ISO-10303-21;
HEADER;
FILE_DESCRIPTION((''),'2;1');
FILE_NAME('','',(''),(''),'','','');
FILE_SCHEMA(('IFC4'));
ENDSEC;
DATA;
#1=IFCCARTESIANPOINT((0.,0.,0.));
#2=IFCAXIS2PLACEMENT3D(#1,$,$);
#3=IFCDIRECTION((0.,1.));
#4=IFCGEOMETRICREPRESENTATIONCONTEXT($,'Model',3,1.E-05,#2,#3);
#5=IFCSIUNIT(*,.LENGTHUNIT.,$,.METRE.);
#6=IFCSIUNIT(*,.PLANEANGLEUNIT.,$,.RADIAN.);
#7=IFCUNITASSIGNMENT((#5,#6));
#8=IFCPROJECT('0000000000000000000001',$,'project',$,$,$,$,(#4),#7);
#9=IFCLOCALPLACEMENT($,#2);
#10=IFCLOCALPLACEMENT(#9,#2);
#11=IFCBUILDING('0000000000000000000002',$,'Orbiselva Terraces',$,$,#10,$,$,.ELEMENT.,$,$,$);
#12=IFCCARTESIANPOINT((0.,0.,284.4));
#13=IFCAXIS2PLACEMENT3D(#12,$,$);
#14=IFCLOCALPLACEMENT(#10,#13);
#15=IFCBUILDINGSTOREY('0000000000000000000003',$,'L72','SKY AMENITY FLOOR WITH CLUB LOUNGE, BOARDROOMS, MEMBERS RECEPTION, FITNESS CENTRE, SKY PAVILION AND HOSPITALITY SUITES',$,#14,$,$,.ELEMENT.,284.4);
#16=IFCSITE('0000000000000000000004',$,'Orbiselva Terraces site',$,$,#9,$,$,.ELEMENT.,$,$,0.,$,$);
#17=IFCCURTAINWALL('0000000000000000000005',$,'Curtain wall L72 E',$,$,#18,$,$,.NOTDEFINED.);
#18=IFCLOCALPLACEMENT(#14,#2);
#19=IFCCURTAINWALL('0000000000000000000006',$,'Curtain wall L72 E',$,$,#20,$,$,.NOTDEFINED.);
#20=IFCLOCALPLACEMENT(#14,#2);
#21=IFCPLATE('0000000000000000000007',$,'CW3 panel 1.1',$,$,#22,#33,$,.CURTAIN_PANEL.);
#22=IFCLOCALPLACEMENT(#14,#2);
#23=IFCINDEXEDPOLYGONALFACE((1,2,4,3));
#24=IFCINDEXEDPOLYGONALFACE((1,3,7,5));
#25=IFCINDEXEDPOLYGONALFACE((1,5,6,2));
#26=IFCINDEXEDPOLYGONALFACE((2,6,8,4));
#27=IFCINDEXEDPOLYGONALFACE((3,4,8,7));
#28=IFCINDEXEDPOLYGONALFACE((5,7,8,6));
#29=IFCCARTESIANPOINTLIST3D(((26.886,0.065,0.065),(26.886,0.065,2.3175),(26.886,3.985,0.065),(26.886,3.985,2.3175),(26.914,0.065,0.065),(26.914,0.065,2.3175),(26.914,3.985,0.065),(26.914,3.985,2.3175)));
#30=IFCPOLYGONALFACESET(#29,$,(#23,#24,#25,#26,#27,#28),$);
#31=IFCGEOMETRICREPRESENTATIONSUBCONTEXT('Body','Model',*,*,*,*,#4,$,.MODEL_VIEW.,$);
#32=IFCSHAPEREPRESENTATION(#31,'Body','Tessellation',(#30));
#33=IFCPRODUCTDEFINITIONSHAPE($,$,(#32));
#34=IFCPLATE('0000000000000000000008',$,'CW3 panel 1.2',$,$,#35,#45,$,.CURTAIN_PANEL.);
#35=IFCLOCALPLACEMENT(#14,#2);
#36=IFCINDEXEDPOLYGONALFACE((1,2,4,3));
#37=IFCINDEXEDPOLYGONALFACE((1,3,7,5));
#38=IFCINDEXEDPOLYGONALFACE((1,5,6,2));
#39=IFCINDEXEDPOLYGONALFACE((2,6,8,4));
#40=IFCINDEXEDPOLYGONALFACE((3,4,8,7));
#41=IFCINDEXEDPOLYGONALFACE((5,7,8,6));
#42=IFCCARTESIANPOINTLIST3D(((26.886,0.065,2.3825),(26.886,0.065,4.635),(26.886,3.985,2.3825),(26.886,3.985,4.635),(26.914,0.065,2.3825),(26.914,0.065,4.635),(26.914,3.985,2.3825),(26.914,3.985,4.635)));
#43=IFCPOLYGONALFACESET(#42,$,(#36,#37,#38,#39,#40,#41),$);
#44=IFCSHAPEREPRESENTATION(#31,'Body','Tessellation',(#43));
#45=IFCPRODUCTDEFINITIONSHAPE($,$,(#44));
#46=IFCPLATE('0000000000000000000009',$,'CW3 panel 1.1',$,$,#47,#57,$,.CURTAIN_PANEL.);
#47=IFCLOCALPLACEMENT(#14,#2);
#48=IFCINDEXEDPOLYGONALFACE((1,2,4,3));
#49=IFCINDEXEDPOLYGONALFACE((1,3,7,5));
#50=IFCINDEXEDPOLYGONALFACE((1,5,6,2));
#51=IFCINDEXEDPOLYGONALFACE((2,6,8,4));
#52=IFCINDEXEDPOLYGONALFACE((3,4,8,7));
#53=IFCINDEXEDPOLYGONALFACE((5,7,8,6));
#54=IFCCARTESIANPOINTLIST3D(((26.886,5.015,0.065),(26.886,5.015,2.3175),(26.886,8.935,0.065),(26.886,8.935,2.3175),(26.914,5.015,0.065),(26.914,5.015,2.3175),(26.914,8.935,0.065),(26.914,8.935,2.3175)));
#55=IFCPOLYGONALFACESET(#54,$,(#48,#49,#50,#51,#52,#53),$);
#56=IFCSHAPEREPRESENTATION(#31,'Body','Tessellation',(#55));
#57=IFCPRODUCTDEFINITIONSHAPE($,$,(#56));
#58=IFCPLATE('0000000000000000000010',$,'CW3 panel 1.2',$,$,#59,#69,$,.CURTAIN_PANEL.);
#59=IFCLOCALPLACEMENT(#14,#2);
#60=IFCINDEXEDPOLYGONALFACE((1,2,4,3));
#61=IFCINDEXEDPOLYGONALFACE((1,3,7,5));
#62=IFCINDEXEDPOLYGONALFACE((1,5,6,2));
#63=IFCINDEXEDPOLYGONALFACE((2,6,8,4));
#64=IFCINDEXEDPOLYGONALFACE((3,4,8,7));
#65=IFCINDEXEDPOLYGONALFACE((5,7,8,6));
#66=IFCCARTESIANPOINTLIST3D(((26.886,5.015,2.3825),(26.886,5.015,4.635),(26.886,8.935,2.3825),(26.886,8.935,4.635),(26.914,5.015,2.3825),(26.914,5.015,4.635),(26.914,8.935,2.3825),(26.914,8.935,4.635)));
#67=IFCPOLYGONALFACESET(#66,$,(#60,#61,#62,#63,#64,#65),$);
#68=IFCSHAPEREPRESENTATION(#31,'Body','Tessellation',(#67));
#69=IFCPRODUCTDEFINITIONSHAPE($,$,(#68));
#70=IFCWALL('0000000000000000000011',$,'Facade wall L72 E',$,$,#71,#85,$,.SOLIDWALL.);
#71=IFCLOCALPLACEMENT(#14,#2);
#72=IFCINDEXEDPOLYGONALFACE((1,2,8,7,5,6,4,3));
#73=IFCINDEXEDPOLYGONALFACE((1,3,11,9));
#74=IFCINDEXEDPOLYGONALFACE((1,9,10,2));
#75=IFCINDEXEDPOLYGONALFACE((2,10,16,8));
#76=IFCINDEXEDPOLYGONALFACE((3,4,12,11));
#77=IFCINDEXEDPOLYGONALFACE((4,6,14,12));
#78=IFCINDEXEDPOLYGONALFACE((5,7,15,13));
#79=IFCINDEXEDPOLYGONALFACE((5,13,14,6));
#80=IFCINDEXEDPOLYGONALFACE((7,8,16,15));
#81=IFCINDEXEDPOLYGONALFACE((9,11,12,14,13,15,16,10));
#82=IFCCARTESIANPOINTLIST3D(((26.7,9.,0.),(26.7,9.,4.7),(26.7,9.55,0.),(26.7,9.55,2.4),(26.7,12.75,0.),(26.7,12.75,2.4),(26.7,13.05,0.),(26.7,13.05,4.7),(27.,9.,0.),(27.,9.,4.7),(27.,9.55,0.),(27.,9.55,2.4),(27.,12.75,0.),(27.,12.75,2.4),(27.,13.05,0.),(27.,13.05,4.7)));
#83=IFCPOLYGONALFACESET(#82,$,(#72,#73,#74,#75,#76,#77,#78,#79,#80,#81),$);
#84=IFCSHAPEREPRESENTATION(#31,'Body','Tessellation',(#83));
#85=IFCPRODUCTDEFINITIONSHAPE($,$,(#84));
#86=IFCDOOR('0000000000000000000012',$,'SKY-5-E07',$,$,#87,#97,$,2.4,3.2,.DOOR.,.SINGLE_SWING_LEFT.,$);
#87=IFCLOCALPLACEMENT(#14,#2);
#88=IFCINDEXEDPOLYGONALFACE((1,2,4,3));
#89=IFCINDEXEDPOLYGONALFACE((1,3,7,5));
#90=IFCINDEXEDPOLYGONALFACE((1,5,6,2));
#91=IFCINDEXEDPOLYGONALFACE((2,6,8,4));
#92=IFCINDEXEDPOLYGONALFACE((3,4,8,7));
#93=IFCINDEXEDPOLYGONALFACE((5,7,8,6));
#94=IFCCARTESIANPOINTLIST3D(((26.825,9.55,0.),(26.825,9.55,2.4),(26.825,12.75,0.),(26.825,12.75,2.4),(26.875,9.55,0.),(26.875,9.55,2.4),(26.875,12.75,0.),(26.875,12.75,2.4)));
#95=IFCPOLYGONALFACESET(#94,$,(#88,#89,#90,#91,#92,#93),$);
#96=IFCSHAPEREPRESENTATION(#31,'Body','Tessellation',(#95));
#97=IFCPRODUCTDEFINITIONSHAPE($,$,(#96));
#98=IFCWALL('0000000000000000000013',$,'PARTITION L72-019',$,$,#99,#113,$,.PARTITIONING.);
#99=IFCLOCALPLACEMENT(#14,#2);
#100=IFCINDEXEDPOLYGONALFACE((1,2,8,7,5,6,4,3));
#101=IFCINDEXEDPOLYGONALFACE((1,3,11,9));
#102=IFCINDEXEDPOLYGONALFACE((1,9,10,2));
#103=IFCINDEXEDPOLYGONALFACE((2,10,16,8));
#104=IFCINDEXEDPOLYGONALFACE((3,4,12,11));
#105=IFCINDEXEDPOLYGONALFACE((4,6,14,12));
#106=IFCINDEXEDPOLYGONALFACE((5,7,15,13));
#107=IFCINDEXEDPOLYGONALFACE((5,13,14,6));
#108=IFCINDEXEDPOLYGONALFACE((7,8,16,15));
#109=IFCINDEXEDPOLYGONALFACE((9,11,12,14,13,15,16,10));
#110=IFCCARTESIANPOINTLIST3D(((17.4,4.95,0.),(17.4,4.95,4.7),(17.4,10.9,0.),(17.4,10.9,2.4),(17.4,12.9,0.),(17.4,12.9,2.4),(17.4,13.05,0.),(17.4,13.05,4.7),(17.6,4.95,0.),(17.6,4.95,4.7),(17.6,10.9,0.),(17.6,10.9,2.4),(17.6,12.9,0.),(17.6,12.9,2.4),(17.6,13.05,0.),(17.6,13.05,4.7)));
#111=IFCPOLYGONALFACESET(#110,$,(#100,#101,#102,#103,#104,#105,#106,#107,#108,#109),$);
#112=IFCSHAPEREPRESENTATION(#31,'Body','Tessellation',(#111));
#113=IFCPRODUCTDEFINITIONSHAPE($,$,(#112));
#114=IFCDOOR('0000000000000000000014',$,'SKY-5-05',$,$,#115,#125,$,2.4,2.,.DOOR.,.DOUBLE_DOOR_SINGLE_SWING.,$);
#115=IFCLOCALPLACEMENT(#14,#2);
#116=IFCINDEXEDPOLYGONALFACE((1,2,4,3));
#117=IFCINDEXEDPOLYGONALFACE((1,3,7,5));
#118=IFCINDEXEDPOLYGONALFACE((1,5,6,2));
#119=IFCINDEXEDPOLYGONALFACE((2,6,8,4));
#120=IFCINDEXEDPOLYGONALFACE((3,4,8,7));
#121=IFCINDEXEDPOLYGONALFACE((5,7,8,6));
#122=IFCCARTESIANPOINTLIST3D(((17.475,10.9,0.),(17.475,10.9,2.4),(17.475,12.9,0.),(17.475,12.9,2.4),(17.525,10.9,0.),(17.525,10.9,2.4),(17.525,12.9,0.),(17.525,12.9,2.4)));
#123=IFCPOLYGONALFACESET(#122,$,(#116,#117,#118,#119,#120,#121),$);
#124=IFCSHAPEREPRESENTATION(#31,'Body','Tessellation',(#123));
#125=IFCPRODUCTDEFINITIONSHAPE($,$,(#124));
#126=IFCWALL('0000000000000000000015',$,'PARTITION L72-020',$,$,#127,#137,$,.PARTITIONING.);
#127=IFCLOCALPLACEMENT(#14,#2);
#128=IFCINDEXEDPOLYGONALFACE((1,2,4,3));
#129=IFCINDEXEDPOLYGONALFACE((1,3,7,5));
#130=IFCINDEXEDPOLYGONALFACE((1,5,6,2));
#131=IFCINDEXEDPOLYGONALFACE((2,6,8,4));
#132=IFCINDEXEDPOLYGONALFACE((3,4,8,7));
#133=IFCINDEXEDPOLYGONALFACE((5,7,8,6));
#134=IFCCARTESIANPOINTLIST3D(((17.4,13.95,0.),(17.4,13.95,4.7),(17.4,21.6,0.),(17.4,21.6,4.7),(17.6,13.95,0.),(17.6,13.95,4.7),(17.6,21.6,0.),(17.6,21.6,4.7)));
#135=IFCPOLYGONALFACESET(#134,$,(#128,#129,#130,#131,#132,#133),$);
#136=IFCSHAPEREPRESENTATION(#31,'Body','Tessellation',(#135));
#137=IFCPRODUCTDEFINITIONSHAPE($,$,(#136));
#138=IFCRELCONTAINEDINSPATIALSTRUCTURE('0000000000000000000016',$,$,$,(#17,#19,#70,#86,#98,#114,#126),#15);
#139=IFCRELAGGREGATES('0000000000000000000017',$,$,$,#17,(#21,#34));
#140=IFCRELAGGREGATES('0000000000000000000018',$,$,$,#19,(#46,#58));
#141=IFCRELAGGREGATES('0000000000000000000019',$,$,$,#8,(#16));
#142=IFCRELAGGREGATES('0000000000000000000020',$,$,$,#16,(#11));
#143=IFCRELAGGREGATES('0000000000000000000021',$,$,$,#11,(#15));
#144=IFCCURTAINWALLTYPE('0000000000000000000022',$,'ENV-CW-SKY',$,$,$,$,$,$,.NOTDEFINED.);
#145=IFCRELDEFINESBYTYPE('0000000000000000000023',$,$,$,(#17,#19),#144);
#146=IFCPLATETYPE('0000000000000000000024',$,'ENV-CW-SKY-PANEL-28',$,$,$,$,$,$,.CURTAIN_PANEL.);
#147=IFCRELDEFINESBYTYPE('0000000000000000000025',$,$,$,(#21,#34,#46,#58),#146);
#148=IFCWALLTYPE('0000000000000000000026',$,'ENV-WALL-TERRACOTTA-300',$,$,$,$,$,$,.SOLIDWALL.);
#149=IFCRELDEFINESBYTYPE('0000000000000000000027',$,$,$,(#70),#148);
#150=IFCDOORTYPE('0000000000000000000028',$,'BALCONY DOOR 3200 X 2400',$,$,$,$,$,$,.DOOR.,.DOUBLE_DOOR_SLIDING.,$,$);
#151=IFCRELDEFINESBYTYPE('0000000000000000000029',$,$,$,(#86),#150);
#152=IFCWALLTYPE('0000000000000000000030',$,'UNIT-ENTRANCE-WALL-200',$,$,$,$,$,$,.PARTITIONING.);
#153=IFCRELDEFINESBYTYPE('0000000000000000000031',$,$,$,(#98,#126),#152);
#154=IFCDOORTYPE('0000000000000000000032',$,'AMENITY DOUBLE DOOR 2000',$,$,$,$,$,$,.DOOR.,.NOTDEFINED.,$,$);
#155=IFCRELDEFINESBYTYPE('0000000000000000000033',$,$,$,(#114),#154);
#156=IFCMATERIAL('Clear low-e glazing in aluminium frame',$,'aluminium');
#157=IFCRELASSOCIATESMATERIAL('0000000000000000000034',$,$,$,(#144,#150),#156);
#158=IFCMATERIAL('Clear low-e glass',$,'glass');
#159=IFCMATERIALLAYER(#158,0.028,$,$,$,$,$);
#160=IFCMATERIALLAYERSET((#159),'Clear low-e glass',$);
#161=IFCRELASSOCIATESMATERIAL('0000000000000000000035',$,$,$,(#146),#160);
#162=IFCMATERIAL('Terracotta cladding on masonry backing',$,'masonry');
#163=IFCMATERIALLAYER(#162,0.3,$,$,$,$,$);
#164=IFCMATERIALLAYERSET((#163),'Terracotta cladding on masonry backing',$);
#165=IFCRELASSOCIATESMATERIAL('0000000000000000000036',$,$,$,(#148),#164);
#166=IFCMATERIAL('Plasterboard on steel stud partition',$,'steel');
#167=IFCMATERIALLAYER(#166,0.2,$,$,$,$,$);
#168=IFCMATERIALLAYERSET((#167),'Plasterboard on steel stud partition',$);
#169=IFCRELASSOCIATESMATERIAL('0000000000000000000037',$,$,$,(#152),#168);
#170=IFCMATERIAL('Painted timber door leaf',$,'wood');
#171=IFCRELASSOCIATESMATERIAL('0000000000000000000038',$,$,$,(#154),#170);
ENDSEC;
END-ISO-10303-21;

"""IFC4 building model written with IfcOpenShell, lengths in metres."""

from ifc_helpers import new_model, si_unit, direction, frame, frame_2d, origin, origin_2d, place, context, subcontext, project, spatial, rectangle, extrude, material, layer, layer_set, type_object, element, fill, aggregate, save


model = new_model("IFC4")

# Units and contexts
model_context = context("Model", 3, precision=1e-05, world=origin(), true_north=direction((0.0, 1.0)))
body_context = subcontext(model_context, "Body", "Model", "MODEL_VIEW")
ifc_project = project(units=[si_unit("LENGTHUNIT", "METRE"), si_unit("PLANEANGLEUNIT", "RADIAN")], contexts=[model_context])

# Site, building, storey
site_placement = place(None, origin())
site = spatial("IfcSite", under=ifc_project, at=site_placement, Name="Orbiselva Terraces site", CompositionType="ELEMENT", RefElevation=0.0)
building_placement = place(site_placement, origin())
building = spatial("IfcBuilding", under=site, at=building_placement, Name="Orbiselva Terraces", CompositionType="ELEMENT")
storey_placement = place(building_placement, frame((0.0, 0.0, 284.4)))
storey = spatial("IfcBuildingStorey", under=building, at=storey_placement, Name="L72", Description="SKY AMENITY FLOOR WITH CLUB LOUNGE, BOARDROOMS, MEMBERS RECEPTION, FITNESS CENTRE, SKY PAVILION AND HOSPITALITY SUITES", CompositionType="ELEMENT", Elevation=284.4)

# Curtain wall
ifc_material_1 = material(Name="Clear low-e glazing in aluminium frame", Category="aluminium")
curtain_wall_type = type_object("IfcCurtainWallType", Name="ENV-CW-SKY", PredefinedType="NOTDEFINED", material=ifc_material_1)
curtain_wall_1_placement = place(storey_placement, origin())
curtain_wall_1 = element("IfcCurtainWall", 1, at=curtain_wall_1_placement, inside=storey, type_object=curtain_wall_type, Name="Curtain wall L72 E", PredefinedType="NOTDEFINED")

# Curtain wall
curtain_wall_2_placement = place(storey_placement, origin())
curtain_wall_2 = element("IfcCurtainWall", 2, at=curtain_wall_2_placement, inside=storey, type_object=curtain_wall_type, Name="Curtain wall L72 E", PredefinedType="NOTDEFINED")

# Plates
ifc_material_2 = material(Name="Clear low-e glass", Category="glass")
ifc_layer_1 = layer(ifc_material_2, 0.028)
ifc_layer_set_1 = layer_set([ifc_layer_1], Name="Clear low-e glass")
plate_type = type_object("IfcPlateType", Name="ENV-CW-SKY-PANEL-28", PredefinedType="CURTAIN_PANEL", material=ifc_layer_set_1)
plate_1_placement = place(storey_placement, frame((26.9, 2.025, 0.065), z_axis=(0.0, 0.0, 1.0), x_axis=(0.0, 1.0, 0.0)))
plate_1 = element("IfcPlate", 3, at=plate_1_placement, type_object=plate_type, Name="CW3 panel 1.1", PredefinedType="CURTAIN_PANEL", context=body_context, shape_type="SweptSolid", body=[
    extrude(rectangle(XDim=3.92, YDim=0.028, at=origin_2d()), origin(), (0.0, 0.0, 1.0), 2.2525),
])
plate_2_placement = place(storey_placement, frame((26.9, 2.025, 2.3825), z_axis=(0.0, 0.0, 1.0), x_axis=(0.0, 1.0, 0.0)))
plate_2 = element("IfcPlate", 4, at=plate_2_placement, type_object=plate_type, Name="CW3 panel 1.2", PredefinedType="CURTAIN_PANEL", context=body_context, shape_type="SweptSolid", body=[
    extrude(rectangle(XDim=3.92, YDim=0.028, at=origin_2d()), origin(), (0.0, 0.0, 1.0), 2.2525),
])
aggregate(curtain_wall_1, [plate_1, plate_2])
plate_3_placement = place(storey_placement, frame((26.9, 6.975, 0.065), z_axis=(0.0, 0.0, 1.0), x_axis=(0.0, 1.0, 0.0)))
plate_3 = element("IfcPlate", 5, at=plate_3_placement, type_object=plate_type, Name="CW3 panel 1.1", PredefinedType="CURTAIN_PANEL", context=body_context, shape_type="SweptSolid", body=[
    extrude(rectangle(XDim=3.92, YDim=0.028, at=origin_2d()), origin(), (0.0, 0.0, 1.0), 2.2525),
])
plate_4_placement = place(storey_placement, frame((26.9, 6.975, 2.3825), z_axis=(0.0, 0.0, 1.0), x_axis=(0.0, 1.0, 0.0)))
plate_4 = element("IfcPlate", 6, at=plate_4_placement, type_object=plate_type, Name="CW3 panel 1.2", PredefinedType="CURTAIN_PANEL", context=body_context, shape_type="SweptSolid", body=[
    extrude(rectangle(XDim=3.92, YDim=0.028, at=origin_2d()), origin(), (0.0, 0.0, 1.0), 2.2525),
])
aggregate(curtain_wall_2, [plate_3, plate_4])

# Walls, openings, doors
ifc_material_3 = material(Name="Terracotta cladding on masonry backing", Category="masonry")
ifc_layer_2 = layer(ifc_material_3, 0.3)
ifc_layer_set_2 = layer_set([ifc_layer_2], Name="Terracotta cladding on masonry backing")
wall_type_1 = type_object("IfcWallType", Name="ENV-WALL-TERRACOTTA-300", PredefinedType="SOLIDWALL", material=ifc_layer_set_2)
wall_1_placement = place(storey_placement, frame((26.85, 13.05, 0.0), z_axis=(0.0, 0.0, 1.0), x_axis=(0.0, -1.0, 0.0)))
wall_1 = element("IfcWall", 7, at=wall_1_placement, inside=storey, type_object=wall_type_1, Name="Facade wall L72 E", PredefinedType="SOLIDWALL", context=body_context, shape_type="SweptSolid", body=[
    extrude(rectangle(XDim=4.05, YDim=0.3, at=frame_2d((2.025, 0.0))), origin(), (0.0, 0.0, 1.0), 4.7),
])
opening_1_placement = place(wall_1_placement, frame((0.3, 0.0, 0.0)))
opening_1 = element("IfcOpeningElement", 8, at=opening_1_placement, cuts=wall_1, PredefinedType="OPENING", context=body_context, shape_type="SweptSolid", body=[
    extrude(rectangle(XDim=3.2, YDim=2.4, at=frame_2d((1.6, 1.2))), frame((0.0, 0.16, 0.0), z_axis=(0.0, -1.0, 0.0), x_axis=(1.0, 0.0, 0.0)), (0.0, 0.0, 1.0), 0.32),
])
door_type_1 = type_object("IfcDoorType", Name="BALCONY DOOR 3200 X 2400", OperationType="DOUBLE_DOOR_SLIDING", PredefinedType="DOOR", material=ifc_material_1)
door_1_placement = place(opening_1_placement, origin())
door_1 = element("IfcDoor", 9, at=door_1_placement, inside=storey, type_object=door_type_1, Name="SKY-5-E07", OperationType="SINGLE_SWING_LEFT", OverallHeight=2.4, OverallWidth=3.2, PredefinedType="DOOR", context=body_context, shape_type="SweptSolid", body=[
    extrude(rectangle(XDim=3.2, YDim=2.4, at=frame_2d((1.6, 1.2))), frame((0.0, 0.025, 0.0), z_axis=(0.0, -1.0, 0.0), x_axis=(1.0, 0.0, 0.0)), (0.0, 0.0, 1.0), 0.05),
])
fill(opening_1, door_1)
ifc_material_4 = material(Name="Plasterboard on steel stud partition", Category="steel")
ifc_layer_3 = layer(ifc_material_4, 0.2)
ifc_layer_set_3 = layer_set([ifc_layer_3], Name="Plasterboard on steel stud partition")
wall_type_2 = type_object("IfcWallType", Name="UNIT-ENTRANCE-WALL-200", PredefinedType="PARTITIONING", material=ifc_layer_set_3)
wall_2_placement = place(storey_placement, frame((17.5, 4.95, 0.0), z_axis=(0.0, 0.0, 1.0), x_axis=(0.0, 1.0, 0.0)))
wall_2 = element("IfcWall", 10, at=wall_2_placement, inside=storey, type_object=wall_type_2, Name="PARTITION L72-019", PredefinedType="PARTITIONING", context=body_context, shape_type="SweptSolid", body=[
    extrude(rectangle(XDim=8.1, YDim=0.2, at=frame_2d((4.05, 0.0))), origin(), (0.0, 0.0, 1.0), 4.7),
])
opening_2_placement = place(wall_2_placement, frame((5.95, 0.0, 0.0)))
opening_2 = element("IfcOpeningElement", 11, at=opening_2_placement, cuts=wall_2, PredefinedType="OPENING", context=body_context, shape_type="SweptSolid", body=[
    extrude(rectangle(XDim=2.0, YDim=2.4, at=frame_2d((1.0, 1.2))), frame((0.0, 0.11, 0.0), z_axis=(0.0, -1.0, 0.0), x_axis=(1.0, 0.0, 0.0)), (0.0, 0.0, 1.0), 0.22),
])
ifc_material_5 = material(Name="Painted timber door leaf", Category="wood")
door_type_2 = type_object("IfcDoorType", Name="AMENITY DOUBLE DOOR 2000", OperationType="NOTDEFINED", PredefinedType="DOOR", material=ifc_material_5)
door_2_placement = place(opening_2_placement, origin())
door_2 = element("IfcDoor", 12, at=door_2_placement, inside=storey, type_object=door_type_2, Name="SKY-5-05", OperationType="DOUBLE_DOOR_SINGLE_SWING", OverallHeight=2.4, OverallWidth=2.0, PredefinedType="DOOR", context=body_context, shape_type="SweptSolid", body=[
    extrude(rectangle(XDim=2.0, YDim=2.4, at=frame_2d((1.0, 1.2))), frame((0.0, 0.025, 0.0), z_axis=(0.0, -1.0, 0.0), x_axis=(1.0, 0.0, 0.0)), (0.0, 0.0, 1.0), 0.05),
])
fill(opening_2, door_2)

# Wall
wall_3_placement = place(storey_placement, frame((17.5, 13.95, 0.0), z_axis=(0.0, 0.0, 1.0), x_axis=(0.0, 1.0, 0.0)))
element("IfcWall", 13, at=wall_3_placement, inside=storey, type_object=wall_type_2, Name="PARTITION L72-020", PredefinedType="PARTITIONING", context=body_context, shape_type="SweptSolid", body=[
    extrude(rectangle(XDim=7.65, YDim=0.2, at=frame_2d((3.825, 0.0))), origin(), (0.0, 0.0, 1.0), 4.7),
])

save(model, "model.ifc")
